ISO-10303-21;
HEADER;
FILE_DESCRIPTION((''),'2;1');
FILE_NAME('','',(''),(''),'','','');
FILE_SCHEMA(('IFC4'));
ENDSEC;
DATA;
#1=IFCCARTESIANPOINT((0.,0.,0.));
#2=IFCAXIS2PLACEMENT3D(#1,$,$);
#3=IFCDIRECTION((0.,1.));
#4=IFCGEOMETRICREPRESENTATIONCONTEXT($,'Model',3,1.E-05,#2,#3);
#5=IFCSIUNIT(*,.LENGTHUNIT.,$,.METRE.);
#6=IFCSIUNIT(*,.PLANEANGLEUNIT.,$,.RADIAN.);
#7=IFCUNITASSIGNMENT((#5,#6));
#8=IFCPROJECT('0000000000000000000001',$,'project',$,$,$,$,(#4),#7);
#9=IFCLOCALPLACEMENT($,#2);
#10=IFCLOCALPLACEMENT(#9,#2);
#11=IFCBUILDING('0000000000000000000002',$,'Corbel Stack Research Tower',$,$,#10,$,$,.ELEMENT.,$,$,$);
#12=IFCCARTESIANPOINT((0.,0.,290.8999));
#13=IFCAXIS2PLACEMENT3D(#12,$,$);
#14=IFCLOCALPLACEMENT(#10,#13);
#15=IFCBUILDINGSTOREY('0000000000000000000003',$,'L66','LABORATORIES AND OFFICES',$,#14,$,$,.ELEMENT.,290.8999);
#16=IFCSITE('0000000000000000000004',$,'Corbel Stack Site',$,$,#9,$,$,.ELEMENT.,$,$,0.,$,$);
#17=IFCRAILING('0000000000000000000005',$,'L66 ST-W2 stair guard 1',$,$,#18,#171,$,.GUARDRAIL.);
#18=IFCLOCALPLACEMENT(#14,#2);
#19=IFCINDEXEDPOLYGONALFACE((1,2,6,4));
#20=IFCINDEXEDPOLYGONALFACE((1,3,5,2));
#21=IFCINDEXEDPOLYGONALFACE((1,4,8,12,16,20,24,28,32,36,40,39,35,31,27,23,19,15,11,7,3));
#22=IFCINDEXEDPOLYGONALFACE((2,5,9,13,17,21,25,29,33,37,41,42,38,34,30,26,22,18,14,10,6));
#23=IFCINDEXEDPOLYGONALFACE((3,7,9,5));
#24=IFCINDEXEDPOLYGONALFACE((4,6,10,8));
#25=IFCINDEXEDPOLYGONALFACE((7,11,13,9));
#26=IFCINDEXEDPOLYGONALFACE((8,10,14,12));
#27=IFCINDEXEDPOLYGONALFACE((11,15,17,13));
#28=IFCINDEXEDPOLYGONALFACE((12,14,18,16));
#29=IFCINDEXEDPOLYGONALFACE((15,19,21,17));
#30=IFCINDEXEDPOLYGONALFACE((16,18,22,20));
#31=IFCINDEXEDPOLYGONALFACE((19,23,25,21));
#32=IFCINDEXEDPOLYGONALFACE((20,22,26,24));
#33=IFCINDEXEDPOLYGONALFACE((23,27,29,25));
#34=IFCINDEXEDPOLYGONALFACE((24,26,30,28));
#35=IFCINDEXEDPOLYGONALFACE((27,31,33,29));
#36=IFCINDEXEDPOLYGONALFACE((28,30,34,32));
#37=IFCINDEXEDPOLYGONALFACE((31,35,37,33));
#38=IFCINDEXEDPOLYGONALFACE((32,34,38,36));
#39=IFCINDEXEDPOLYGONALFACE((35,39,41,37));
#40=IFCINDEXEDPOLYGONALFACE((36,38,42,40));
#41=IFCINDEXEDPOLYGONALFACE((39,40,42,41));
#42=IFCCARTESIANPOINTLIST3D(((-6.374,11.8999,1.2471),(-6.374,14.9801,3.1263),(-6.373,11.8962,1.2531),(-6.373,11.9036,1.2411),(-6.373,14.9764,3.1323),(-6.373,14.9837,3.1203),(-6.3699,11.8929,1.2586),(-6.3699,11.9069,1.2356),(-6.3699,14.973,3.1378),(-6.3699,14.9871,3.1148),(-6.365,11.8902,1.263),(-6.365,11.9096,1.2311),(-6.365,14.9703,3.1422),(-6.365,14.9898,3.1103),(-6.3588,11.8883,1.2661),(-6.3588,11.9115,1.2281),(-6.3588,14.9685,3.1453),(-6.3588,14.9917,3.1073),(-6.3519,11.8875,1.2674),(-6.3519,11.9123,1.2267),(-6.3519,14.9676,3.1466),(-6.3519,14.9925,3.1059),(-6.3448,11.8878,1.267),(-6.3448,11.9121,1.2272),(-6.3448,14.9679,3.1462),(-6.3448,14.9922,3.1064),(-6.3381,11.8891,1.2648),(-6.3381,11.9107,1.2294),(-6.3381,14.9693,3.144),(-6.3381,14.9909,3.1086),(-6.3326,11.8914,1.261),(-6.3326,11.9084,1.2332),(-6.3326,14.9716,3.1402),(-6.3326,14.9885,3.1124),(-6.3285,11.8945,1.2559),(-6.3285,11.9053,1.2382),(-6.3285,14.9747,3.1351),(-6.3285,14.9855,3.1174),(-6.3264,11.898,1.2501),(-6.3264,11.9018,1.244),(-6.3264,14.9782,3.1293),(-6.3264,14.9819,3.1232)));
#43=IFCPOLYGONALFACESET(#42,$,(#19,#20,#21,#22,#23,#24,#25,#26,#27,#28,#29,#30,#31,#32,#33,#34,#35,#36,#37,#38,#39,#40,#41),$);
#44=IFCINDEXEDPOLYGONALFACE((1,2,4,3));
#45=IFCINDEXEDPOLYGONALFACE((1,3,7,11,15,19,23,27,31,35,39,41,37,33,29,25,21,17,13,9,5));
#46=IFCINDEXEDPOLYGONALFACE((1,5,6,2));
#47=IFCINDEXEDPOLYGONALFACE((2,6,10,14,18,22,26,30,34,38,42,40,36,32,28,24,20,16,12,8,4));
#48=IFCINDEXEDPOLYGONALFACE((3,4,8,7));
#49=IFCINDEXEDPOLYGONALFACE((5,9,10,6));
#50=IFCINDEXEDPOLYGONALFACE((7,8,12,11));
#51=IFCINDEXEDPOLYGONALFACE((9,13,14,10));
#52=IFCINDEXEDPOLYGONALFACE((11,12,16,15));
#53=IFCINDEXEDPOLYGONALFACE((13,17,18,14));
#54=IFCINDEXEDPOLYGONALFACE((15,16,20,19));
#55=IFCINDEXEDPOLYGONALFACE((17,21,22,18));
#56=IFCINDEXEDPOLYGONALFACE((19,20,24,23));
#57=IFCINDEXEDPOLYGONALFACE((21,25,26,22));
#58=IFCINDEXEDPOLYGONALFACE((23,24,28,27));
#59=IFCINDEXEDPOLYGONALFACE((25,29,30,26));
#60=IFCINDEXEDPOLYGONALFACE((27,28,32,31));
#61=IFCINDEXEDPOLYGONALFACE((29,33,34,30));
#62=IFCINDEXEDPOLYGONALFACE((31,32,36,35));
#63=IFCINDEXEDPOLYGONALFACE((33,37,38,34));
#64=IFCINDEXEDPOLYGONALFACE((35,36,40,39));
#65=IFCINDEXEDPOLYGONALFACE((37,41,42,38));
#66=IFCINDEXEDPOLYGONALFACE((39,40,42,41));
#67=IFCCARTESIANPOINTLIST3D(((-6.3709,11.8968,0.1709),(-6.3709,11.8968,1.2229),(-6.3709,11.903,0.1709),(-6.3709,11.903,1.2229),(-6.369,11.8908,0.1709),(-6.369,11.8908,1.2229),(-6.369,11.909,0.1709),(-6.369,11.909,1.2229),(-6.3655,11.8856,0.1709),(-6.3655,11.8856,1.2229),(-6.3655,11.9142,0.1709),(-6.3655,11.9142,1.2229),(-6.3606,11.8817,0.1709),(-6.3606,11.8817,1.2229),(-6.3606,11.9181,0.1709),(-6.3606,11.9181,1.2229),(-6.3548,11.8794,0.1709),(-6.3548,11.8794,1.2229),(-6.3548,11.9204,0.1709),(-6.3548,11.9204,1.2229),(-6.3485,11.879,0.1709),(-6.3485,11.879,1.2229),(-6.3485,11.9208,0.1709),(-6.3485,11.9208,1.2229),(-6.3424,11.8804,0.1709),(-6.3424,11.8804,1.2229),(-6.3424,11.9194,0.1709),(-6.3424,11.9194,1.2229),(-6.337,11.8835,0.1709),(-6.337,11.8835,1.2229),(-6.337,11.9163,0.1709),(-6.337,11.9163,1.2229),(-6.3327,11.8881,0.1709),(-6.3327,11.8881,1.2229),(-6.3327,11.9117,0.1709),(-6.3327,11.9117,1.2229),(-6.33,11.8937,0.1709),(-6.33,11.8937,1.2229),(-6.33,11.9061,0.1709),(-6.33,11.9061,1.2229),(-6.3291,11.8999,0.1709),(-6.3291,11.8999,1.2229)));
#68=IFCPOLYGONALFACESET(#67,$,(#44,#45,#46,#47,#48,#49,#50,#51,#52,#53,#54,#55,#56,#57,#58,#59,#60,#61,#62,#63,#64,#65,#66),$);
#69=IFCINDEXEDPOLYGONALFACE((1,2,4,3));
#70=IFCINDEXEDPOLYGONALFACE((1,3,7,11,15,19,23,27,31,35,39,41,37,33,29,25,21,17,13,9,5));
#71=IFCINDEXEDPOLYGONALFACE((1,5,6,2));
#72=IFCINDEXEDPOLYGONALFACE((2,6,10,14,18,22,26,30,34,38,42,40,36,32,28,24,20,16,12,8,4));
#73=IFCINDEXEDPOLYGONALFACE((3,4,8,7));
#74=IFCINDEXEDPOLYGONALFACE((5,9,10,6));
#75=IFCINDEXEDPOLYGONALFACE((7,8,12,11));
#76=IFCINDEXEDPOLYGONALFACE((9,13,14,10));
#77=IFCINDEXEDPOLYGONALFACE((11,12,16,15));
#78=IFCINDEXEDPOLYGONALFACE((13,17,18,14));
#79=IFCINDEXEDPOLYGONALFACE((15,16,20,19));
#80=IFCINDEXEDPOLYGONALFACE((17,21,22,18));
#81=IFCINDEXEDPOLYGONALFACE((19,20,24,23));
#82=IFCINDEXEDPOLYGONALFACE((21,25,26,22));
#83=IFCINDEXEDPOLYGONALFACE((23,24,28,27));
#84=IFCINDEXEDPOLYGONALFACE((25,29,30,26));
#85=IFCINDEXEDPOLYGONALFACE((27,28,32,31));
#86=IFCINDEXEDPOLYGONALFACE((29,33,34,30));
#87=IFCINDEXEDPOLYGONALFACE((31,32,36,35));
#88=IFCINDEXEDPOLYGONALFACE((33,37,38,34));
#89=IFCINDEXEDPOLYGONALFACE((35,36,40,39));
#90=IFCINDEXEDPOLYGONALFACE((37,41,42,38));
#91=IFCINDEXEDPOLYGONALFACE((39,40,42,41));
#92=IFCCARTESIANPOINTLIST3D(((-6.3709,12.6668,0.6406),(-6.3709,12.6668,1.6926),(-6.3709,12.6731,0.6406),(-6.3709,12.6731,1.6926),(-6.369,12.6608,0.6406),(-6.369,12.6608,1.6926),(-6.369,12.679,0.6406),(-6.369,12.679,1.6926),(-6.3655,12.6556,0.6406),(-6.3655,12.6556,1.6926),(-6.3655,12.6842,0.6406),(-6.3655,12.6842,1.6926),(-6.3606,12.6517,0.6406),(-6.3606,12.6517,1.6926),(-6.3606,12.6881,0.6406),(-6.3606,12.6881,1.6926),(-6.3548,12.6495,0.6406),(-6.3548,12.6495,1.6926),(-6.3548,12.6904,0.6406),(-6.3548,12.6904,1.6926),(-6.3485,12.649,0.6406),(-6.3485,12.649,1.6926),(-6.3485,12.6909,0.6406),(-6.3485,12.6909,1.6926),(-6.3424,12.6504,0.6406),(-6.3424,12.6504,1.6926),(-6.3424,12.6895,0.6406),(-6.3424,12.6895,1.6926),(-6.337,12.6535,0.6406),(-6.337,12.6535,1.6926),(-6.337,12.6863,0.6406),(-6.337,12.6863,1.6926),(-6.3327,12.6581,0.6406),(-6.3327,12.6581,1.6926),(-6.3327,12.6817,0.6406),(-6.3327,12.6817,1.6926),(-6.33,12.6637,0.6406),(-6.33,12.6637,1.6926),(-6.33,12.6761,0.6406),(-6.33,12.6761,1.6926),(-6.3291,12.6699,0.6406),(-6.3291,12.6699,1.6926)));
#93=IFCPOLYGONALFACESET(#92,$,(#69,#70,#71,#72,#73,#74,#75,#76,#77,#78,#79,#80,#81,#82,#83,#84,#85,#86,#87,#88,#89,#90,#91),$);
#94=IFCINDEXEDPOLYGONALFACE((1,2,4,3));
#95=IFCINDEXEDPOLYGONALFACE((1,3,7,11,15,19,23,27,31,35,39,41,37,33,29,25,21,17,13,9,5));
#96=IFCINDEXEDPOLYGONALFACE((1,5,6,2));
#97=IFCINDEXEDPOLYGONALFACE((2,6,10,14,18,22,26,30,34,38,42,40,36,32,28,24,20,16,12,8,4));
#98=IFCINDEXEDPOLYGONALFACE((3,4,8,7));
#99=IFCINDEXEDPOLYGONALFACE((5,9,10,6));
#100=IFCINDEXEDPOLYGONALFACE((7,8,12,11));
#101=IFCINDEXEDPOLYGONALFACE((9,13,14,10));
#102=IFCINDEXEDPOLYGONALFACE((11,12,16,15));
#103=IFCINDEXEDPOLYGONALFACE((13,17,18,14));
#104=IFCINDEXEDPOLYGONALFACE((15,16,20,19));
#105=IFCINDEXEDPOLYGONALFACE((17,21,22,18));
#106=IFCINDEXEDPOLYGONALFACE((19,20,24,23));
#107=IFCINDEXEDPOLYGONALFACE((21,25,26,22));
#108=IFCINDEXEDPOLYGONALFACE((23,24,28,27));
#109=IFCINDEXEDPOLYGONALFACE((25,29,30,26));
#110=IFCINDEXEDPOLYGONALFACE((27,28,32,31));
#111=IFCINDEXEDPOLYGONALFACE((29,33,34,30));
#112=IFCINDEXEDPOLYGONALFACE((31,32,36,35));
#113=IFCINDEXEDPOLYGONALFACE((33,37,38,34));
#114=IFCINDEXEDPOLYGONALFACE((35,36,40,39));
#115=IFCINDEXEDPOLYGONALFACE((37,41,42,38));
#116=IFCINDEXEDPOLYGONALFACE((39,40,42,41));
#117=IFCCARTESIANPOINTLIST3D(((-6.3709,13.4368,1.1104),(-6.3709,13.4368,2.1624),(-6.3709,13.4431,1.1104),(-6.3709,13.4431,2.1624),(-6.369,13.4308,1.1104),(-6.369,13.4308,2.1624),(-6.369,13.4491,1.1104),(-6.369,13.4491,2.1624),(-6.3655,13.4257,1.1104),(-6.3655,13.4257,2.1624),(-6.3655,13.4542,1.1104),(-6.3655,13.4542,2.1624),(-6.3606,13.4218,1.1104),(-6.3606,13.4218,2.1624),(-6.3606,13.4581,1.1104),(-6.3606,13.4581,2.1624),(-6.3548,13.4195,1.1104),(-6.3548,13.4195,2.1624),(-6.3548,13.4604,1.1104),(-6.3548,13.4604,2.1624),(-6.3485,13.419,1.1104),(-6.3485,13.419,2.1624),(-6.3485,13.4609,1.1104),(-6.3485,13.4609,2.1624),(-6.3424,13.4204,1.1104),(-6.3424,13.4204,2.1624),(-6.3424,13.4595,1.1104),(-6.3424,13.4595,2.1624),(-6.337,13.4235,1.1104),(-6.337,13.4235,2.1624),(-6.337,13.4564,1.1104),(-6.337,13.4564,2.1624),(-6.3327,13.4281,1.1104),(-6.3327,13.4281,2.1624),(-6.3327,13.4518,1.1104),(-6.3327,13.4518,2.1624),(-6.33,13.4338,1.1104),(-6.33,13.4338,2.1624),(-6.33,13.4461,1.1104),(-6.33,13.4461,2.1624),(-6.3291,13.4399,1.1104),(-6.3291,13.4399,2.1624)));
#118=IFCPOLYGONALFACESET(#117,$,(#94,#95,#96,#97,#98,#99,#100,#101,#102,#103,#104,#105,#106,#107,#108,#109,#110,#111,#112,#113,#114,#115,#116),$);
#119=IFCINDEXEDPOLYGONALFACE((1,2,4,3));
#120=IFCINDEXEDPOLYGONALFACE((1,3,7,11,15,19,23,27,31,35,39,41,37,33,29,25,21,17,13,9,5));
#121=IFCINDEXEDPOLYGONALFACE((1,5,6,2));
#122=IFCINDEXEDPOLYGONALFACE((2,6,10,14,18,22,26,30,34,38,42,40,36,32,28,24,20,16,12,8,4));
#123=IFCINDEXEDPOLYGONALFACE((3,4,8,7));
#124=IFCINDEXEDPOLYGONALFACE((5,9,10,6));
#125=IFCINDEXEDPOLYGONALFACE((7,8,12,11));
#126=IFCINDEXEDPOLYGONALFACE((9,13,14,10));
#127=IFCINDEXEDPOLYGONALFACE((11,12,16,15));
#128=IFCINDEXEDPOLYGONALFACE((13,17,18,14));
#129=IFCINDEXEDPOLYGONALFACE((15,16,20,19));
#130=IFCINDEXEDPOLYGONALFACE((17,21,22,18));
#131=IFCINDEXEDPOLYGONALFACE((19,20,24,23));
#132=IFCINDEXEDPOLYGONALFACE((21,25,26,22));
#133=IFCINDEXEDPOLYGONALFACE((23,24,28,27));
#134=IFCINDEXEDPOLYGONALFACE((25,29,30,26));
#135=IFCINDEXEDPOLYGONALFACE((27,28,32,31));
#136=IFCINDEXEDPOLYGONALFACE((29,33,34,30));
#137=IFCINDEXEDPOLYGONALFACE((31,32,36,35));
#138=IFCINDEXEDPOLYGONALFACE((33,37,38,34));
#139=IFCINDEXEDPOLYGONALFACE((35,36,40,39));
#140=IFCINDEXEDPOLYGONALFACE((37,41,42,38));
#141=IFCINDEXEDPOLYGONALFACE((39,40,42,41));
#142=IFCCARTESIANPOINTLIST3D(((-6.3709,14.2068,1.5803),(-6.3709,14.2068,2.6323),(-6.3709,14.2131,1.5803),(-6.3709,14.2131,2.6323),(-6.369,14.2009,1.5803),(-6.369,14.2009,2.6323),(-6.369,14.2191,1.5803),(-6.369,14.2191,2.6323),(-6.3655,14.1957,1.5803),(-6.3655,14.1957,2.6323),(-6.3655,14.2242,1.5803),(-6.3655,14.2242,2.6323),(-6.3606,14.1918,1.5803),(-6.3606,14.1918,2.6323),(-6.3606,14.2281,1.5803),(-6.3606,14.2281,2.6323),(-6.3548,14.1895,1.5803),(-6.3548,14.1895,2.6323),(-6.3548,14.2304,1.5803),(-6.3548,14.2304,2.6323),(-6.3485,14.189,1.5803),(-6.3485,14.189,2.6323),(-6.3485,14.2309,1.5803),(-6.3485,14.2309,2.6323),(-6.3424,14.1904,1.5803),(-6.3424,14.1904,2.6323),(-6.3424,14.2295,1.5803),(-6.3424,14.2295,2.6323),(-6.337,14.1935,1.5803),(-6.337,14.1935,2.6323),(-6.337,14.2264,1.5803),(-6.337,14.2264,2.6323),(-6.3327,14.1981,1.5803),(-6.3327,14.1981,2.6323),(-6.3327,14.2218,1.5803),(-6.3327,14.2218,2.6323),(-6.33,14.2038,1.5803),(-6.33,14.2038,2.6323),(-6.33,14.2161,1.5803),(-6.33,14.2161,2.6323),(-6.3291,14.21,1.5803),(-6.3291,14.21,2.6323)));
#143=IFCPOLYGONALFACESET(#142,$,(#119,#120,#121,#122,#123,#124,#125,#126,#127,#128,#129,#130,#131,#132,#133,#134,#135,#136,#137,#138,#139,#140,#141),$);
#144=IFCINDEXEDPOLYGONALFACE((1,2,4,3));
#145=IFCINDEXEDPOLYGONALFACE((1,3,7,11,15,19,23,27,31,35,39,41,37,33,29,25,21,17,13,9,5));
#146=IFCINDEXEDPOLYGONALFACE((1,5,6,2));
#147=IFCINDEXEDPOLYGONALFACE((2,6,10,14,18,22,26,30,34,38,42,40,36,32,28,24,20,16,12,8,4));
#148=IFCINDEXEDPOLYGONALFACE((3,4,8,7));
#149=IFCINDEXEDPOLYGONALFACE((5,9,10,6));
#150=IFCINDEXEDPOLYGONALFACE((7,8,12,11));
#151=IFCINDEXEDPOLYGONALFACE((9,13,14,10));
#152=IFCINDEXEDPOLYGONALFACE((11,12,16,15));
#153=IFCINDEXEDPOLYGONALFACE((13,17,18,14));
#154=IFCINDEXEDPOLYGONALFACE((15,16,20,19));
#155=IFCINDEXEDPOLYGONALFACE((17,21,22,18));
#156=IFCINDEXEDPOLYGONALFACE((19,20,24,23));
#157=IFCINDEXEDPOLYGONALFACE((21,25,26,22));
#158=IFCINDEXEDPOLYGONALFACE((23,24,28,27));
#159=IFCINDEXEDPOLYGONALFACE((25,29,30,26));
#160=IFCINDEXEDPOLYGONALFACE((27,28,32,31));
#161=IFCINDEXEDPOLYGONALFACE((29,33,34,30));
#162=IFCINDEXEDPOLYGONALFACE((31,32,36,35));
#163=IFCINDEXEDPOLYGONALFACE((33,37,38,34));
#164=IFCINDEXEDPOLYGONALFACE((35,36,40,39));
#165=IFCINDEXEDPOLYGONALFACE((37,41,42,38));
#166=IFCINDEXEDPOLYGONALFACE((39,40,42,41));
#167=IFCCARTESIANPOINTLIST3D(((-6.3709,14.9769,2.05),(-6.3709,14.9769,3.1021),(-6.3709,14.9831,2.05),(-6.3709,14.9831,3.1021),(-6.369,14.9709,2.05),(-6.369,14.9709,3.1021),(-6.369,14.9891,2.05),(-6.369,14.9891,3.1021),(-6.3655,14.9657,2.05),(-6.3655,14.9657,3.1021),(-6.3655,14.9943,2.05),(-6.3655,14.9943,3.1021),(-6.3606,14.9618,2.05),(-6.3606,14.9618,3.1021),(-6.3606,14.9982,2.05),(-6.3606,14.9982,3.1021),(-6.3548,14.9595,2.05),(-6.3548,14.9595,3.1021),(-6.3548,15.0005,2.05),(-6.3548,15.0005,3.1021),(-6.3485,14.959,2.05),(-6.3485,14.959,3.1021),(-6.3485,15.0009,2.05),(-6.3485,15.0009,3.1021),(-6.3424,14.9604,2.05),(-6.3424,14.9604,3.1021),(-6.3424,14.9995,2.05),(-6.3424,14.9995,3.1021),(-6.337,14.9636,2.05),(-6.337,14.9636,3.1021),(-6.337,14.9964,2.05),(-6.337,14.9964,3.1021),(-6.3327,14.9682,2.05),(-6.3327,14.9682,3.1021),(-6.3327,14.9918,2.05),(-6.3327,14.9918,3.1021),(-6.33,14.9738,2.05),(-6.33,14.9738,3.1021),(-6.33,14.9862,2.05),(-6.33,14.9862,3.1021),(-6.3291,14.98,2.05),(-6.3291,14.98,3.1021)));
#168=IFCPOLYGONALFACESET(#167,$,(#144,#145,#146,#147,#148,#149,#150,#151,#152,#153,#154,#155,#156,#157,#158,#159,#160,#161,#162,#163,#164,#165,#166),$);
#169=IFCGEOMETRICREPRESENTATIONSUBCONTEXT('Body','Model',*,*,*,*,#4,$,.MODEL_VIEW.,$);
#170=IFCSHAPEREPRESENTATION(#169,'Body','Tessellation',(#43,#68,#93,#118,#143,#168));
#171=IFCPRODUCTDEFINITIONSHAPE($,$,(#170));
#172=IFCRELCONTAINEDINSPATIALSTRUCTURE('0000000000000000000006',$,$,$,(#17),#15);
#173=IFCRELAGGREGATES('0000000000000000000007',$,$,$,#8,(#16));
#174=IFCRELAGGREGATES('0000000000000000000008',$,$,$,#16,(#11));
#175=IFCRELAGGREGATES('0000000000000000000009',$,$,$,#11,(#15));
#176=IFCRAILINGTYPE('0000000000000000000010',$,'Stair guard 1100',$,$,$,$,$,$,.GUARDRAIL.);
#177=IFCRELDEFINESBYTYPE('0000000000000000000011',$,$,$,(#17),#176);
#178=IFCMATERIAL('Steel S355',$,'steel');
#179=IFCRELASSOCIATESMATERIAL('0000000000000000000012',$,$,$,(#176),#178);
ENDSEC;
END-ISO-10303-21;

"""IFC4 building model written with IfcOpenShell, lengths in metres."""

from ifc_helpers import new_model, si_unit, direction, frame, origin, origin_2d, place, context, subcontext, project, spatial, circle, extrude, material, type_object, element, save


model = new_model("IFC4")

# Units and contexts
model_context = context("Model", 3, precision=1e-05, world=origin(), true_north=direction((0.0, 1.0)))
body_context = subcontext(model_context, "Body", "Model", "MODEL_VIEW")
ifc_project = project(units=[si_unit("LENGTHUNIT", "METRE"), si_unit("PLANEANGLEUNIT", "RADIAN")], contexts=[model_context])

# Site, building, storey
site_placement = place(None, origin())
site = spatial("IfcSite", under=ifc_project, at=site_placement, Name="Corbel Stack Site", CompositionType="ELEMENT", RefElevation=0.0)
building_placement = place(site_placement, origin())
building = spatial("IfcBuilding", under=site, at=building_placement, Name="Corbel Stack Research Tower", CompositionType="ELEMENT")
storey_placement = place(building_placement, frame((0.0, 0.0, 290.8999)))
storey = spatial("IfcBuildingStorey", under=building, at=storey_placement, Name="L66", Description="LABORATORIES AND OFFICES", CompositionType="ELEMENT", Elevation=290.8999)

# Railing
ifc_material_1 = material(Name="Steel S355", Category="steel")
railing_type_1 = type_object("IfcRailingType", Name="Stair guard 1100", PredefinedType="GUARDRAIL", material=ifc_material_1)
railing_1_placement = place(storey_placement, frame((-6.3501, 11.8999, 0.1709)))
element("IfcRailing", 1, at=railing_1_placement, inside=storey, type_object=railing_type_1, Name="L66 ST-W2 stair guard 1", PredefinedType="GUARDRAIL", context=body_context, shape_type="SweptSolid", body=[
    extrude(circle(Radius=0.0239, at=origin_2d()), frame((0.0, 0.0, 1.0762), z_axis=(0.0, 0.853666, 0.52082), x_axis=(-1.0, 0.0, 0.0)), (0.0, 0.0, 1.0), 3.6082),
    extrude(circle(Radius=0.021, at=origin_2d()), origin(), (0.0, 0.0, 1.0), 1.052),
    extrude(circle(Radius=0.021, at=origin_2d()), frame((0.0, 0.77, 0.4697)), (0.0, 0.0, 1.0), 1.052),
    extrude(circle(Radius=0.021, at=origin_2d()), frame((0.0, 1.54, 0.9395)), (0.0, 0.0, 1.0), 1.052),
    extrude(circle(Radius=0.021, at=origin_2d()), frame((0.0, 2.3101, 1.4094)), (0.0, 0.0, 1.0), 1.052),
    extrude(circle(Radius=0.021, at=origin_2d()), frame((0.0, 3.0801, 1.8792)), (0.0, 0.0, 1.0), 1.052),
])

save(model, "model.ifc")
